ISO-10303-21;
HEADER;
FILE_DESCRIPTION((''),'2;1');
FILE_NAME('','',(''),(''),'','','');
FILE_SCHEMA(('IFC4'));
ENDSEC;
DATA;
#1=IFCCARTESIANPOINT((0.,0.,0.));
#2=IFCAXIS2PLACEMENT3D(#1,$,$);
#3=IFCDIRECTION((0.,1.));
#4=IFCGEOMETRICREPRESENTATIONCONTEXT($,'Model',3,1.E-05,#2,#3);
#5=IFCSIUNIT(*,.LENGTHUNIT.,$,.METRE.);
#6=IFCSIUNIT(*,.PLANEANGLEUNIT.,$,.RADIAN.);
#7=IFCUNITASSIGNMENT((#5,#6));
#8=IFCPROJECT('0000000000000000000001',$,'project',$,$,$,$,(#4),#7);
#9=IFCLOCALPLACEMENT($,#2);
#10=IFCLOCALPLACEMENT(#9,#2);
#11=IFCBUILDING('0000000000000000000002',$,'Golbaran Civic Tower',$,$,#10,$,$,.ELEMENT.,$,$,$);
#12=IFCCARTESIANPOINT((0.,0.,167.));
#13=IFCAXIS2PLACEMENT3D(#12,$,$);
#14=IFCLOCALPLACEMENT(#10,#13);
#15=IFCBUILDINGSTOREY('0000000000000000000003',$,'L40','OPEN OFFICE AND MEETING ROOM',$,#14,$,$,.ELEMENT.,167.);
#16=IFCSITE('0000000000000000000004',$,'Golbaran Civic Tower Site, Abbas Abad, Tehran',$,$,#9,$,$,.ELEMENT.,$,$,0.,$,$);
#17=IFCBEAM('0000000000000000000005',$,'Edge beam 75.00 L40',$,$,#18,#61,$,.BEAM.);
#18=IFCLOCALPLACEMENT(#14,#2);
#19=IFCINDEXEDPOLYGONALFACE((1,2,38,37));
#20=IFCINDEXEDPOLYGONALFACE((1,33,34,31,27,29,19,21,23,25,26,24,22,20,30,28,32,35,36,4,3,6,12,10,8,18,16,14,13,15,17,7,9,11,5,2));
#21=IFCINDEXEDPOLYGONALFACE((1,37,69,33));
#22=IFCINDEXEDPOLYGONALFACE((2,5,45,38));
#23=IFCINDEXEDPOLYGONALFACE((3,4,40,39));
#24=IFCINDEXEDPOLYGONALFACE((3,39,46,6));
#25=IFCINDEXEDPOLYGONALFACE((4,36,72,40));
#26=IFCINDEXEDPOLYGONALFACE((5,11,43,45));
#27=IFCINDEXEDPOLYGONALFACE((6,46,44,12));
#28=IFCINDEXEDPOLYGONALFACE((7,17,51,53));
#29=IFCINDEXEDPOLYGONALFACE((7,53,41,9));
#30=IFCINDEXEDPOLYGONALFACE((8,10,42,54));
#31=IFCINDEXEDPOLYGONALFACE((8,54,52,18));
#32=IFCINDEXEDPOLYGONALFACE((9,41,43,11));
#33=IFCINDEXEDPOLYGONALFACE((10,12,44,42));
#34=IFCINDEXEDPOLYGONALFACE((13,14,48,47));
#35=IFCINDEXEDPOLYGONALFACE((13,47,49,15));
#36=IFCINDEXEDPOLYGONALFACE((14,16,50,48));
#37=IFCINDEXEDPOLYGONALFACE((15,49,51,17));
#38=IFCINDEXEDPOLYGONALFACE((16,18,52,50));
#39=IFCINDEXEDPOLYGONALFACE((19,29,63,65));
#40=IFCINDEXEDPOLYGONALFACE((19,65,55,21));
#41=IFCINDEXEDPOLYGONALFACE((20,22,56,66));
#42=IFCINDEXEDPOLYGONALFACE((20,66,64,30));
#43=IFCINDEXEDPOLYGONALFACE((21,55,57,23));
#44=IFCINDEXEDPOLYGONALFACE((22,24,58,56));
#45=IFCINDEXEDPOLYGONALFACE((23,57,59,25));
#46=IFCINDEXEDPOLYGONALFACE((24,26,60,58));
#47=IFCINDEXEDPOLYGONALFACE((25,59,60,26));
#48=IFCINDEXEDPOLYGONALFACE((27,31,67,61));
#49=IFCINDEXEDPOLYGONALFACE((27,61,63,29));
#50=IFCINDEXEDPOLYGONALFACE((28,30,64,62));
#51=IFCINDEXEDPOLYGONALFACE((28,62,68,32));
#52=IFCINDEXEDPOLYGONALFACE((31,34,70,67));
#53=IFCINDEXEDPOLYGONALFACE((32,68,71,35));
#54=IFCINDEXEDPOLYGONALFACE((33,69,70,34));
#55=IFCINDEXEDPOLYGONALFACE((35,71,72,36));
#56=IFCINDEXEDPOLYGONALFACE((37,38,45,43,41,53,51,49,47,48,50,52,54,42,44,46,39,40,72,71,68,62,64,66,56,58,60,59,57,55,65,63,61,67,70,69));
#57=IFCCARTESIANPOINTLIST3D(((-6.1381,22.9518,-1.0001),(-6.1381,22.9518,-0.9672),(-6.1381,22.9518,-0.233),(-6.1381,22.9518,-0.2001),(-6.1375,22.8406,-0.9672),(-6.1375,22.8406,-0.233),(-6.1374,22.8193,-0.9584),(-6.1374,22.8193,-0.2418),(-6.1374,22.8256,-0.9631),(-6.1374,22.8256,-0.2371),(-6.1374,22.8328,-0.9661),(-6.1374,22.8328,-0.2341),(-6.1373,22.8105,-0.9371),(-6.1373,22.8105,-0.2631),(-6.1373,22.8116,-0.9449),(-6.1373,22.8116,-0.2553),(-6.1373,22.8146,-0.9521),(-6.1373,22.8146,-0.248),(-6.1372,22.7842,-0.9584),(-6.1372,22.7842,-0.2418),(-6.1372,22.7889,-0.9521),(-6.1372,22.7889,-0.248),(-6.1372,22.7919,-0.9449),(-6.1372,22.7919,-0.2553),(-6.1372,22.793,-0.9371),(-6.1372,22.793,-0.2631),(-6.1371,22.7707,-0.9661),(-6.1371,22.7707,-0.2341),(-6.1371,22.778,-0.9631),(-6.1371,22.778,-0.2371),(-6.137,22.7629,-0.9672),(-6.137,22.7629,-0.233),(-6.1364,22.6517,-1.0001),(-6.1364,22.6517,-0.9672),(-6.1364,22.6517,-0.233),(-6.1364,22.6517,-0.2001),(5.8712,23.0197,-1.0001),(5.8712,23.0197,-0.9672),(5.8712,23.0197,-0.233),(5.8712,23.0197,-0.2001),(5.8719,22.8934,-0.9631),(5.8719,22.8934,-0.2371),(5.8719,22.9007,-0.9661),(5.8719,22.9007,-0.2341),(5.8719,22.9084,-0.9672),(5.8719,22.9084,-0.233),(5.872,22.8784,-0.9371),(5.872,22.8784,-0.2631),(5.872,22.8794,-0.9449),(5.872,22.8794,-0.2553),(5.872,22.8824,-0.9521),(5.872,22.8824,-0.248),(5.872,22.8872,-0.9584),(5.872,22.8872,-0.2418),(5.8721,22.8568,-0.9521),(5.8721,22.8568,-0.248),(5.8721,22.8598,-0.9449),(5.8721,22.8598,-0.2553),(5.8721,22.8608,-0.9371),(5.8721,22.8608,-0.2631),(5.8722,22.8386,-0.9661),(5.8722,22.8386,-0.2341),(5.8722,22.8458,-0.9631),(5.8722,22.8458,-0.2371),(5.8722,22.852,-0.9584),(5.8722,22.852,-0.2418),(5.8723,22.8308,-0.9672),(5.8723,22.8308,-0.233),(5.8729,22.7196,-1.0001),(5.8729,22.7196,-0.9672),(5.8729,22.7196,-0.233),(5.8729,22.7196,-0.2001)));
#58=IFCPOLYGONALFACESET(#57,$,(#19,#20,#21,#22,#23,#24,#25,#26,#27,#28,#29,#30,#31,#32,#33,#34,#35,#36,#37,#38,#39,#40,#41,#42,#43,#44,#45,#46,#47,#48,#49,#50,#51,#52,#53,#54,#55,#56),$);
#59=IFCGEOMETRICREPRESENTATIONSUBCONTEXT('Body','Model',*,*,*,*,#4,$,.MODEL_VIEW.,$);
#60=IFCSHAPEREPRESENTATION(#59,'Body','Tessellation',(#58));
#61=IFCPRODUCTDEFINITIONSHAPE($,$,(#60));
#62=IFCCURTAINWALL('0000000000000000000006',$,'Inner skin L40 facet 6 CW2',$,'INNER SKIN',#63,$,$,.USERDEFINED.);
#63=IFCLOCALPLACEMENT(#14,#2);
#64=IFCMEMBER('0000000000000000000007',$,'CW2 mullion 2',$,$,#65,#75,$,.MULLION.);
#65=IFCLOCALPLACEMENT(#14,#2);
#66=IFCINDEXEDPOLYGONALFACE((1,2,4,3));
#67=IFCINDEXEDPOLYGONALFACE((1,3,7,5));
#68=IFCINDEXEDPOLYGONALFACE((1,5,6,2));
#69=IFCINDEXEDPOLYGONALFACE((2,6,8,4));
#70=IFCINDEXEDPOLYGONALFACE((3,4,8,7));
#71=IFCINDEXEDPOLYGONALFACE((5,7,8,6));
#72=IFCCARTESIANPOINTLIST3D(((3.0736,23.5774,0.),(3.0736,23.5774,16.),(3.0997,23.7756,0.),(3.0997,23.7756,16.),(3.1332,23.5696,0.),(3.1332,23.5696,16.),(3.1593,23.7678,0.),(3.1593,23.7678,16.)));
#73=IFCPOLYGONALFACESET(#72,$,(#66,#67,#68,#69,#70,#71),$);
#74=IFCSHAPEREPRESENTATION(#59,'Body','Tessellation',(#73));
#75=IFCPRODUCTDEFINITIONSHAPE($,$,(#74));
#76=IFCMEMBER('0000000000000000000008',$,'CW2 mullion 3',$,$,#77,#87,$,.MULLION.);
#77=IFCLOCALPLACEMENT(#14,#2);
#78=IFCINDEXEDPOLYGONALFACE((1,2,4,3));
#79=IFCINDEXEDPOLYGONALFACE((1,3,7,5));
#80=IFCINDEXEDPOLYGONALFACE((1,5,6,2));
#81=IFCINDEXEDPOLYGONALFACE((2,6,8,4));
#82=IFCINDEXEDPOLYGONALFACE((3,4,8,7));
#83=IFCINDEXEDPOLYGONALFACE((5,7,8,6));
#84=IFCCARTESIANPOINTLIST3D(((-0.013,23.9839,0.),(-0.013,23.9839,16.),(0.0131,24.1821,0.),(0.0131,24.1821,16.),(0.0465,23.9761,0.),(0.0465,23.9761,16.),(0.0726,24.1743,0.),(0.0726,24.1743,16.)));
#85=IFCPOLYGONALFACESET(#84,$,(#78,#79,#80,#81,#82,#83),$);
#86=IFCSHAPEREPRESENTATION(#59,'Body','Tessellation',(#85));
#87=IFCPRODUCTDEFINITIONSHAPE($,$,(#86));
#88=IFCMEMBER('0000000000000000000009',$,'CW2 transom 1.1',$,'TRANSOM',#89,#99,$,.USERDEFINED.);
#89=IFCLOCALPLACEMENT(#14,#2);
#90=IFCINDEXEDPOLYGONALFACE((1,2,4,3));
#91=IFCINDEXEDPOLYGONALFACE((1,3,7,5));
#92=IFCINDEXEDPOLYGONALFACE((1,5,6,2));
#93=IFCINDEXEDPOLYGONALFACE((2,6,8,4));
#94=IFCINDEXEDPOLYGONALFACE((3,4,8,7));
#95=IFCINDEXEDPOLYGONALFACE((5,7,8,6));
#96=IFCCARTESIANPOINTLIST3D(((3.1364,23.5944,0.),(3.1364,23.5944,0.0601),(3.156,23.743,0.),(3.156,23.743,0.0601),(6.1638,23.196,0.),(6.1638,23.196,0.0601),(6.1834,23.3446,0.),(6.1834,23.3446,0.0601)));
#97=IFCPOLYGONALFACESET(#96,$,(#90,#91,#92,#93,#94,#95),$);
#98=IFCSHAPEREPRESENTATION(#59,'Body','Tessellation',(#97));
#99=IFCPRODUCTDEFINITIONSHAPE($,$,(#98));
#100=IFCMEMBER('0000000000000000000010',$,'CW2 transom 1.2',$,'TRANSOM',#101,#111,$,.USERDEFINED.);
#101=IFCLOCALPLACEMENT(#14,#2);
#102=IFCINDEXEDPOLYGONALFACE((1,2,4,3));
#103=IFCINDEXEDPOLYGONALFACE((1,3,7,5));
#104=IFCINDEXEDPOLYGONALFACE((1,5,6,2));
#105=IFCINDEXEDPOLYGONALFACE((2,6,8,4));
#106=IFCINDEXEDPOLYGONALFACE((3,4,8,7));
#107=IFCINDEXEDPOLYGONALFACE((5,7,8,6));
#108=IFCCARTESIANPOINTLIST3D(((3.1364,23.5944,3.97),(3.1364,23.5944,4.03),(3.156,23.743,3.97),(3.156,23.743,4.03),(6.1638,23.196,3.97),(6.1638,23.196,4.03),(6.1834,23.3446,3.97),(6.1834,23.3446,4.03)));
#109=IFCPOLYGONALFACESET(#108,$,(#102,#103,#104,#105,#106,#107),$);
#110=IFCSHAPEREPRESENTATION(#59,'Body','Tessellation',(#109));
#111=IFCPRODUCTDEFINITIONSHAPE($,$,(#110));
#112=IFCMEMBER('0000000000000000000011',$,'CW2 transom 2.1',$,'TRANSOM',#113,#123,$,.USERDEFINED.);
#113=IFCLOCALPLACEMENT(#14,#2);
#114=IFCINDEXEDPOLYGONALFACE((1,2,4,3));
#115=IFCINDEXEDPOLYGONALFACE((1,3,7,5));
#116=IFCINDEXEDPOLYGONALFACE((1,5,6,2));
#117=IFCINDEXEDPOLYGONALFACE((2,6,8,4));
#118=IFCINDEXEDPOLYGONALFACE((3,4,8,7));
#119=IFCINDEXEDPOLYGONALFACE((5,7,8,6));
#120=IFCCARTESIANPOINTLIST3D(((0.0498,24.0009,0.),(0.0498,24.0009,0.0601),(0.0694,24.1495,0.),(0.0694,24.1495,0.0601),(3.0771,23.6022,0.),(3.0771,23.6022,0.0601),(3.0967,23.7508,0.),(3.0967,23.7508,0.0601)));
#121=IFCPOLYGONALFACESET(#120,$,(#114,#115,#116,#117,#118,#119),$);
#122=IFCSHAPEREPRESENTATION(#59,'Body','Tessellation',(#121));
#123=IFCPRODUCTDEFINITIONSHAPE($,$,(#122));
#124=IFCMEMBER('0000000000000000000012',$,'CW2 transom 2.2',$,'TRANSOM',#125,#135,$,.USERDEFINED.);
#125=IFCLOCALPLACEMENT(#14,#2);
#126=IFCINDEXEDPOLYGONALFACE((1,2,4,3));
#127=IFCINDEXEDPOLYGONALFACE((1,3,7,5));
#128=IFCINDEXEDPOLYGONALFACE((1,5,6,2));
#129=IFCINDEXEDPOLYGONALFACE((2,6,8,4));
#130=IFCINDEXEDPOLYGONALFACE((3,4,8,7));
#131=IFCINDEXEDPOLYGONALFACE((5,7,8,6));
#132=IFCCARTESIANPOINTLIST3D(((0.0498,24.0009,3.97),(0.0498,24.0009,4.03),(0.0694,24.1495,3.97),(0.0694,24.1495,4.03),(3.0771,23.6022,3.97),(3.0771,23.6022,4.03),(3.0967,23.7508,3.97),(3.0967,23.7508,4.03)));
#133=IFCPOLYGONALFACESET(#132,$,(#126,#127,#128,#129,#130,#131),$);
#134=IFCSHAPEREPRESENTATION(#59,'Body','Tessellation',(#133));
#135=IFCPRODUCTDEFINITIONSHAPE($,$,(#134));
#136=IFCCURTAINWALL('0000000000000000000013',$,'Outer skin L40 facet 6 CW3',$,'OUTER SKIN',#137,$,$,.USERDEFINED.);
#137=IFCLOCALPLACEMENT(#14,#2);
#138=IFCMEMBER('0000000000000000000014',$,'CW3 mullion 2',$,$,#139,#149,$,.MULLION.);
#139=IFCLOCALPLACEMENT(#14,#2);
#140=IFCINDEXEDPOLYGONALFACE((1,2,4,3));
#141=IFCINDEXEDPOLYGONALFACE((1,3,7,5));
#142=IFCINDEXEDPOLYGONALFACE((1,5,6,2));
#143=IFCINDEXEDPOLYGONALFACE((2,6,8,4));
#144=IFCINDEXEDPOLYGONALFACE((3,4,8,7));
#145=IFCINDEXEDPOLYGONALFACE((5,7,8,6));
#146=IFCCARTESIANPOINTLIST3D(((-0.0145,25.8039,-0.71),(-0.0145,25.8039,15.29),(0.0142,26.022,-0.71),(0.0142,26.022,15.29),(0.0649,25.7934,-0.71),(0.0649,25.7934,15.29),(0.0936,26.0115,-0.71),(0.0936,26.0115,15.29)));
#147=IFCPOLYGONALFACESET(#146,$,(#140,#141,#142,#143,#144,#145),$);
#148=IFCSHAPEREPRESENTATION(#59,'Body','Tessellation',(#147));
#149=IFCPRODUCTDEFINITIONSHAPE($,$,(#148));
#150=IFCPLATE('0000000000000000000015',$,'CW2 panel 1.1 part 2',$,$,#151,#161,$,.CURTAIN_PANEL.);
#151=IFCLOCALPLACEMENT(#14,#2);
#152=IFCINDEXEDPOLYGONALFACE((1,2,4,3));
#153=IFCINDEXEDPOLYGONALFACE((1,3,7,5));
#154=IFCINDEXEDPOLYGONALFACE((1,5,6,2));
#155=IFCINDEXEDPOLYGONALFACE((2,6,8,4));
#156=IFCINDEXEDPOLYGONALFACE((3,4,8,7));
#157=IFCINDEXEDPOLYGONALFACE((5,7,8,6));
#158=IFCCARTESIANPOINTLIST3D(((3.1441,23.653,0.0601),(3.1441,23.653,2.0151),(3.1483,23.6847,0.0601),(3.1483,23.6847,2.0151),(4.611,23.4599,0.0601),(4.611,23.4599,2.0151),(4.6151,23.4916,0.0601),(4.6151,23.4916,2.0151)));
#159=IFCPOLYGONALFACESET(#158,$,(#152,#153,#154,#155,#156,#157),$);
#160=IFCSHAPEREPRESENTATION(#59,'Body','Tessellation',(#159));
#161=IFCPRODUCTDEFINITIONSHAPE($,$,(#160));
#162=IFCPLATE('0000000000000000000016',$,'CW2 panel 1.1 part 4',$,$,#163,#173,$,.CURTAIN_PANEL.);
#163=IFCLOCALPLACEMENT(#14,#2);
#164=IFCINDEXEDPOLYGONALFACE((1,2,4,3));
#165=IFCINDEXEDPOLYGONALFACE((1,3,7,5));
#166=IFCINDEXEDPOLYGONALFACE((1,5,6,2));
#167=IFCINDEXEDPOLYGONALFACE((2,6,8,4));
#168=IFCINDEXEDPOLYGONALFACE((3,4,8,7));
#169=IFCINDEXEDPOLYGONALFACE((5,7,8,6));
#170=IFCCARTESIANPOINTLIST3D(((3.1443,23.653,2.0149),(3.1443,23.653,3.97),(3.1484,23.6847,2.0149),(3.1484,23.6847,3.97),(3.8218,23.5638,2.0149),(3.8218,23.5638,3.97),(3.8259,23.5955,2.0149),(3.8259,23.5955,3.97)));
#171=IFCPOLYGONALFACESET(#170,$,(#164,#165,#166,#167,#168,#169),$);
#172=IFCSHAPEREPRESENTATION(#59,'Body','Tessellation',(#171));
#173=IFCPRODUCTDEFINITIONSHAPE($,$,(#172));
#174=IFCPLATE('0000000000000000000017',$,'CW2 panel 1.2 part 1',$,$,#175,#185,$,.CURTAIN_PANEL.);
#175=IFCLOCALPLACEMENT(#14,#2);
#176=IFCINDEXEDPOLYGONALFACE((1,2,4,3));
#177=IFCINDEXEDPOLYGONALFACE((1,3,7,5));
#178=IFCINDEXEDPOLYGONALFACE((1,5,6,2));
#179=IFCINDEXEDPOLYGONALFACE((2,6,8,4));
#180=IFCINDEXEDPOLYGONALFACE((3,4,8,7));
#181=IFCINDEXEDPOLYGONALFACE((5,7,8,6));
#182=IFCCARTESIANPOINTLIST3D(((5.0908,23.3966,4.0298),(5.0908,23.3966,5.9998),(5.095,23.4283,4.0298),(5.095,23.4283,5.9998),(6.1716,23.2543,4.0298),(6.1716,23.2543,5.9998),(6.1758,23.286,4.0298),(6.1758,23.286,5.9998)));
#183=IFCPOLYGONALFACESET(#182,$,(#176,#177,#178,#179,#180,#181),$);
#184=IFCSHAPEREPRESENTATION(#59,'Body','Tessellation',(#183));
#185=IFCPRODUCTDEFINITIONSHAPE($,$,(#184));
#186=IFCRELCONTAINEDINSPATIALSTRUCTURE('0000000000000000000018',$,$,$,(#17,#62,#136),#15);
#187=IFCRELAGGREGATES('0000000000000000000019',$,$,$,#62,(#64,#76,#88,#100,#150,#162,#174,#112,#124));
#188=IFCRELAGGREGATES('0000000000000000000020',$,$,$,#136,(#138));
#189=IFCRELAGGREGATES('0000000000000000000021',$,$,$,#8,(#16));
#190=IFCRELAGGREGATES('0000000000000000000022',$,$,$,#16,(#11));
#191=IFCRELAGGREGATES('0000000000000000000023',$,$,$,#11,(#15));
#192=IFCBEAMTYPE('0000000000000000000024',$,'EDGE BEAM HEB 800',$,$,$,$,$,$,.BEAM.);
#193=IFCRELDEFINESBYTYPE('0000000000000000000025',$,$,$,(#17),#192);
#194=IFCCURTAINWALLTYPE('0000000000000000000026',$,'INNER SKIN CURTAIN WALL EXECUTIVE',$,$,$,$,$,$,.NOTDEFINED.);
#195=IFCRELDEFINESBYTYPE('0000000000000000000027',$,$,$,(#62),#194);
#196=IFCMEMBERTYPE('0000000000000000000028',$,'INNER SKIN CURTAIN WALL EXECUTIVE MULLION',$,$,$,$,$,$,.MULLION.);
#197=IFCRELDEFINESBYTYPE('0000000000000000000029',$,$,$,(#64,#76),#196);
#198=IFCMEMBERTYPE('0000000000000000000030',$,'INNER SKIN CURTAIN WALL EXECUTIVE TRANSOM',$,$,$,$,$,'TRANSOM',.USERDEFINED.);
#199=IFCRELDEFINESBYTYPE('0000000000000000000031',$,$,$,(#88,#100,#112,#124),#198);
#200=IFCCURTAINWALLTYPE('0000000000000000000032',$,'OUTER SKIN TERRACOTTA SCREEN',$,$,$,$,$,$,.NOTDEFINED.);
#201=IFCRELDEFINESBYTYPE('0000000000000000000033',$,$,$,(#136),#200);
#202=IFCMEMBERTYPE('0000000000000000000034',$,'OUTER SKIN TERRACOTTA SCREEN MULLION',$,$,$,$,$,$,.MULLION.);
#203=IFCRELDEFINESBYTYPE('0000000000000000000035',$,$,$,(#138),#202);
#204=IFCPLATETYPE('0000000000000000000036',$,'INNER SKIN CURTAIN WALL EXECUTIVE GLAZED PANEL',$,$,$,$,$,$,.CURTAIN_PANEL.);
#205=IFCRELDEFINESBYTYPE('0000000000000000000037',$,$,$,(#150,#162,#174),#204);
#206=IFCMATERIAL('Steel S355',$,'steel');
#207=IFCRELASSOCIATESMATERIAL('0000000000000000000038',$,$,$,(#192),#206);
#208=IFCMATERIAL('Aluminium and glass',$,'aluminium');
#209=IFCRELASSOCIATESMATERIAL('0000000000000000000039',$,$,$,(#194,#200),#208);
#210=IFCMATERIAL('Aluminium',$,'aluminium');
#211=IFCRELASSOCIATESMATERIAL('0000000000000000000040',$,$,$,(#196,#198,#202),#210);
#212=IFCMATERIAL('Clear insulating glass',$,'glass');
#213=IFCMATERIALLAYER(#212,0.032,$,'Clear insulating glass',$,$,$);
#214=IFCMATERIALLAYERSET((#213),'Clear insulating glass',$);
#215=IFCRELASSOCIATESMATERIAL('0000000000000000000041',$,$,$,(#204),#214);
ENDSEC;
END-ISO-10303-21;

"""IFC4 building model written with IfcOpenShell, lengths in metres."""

from ifc_helpers import new_model, si_unit, direction, frame, origin, origin_2d, place, context, subcontext, project, spatial, rectangle, i_section, extrude, material, layer, layer_set, material_profile, profile_set, type_object, element, aggregate, save


model = new_model("IFC4")

# Units and contexts
model_context = context("Model", 3, precision=1e-05, world=origin(), true_north=direction((0.0, 1.0)))
body_context = subcontext(model_context, "Body", "Model", "MODEL_VIEW")
ifc_project = project(units=[si_unit("LENGTHUNIT", "METRE"), si_unit("PLANEANGLEUNIT", "RADIAN")], contexts=[model_context])

# Site, building, storey
site_placement = place(None, origin())
site = spatial("IfcSite", under=ifc_project, at=site_placement, Name="Golbaran Civic Tower Site, Abbas Abad, Tehran", CompositionType="ELEMENT", RefElevation=0.0)
building_placement = place(site_placement, origin())
building = spatial("IfcBuilding", under=site, at=building_placement, Name="Golbaran Civic Tower", CompositionType="ELEMENT")
storey_placement = place(building_placement, frame((0.0, 0.0, 167.0)))
storey = spatial("IfcBuildingStorey", under=building, at=storey_placement, Name="L40", Description="OPEN OFFICE AND MEETING ROOM", CompositionType="ELEMENT", Elevation=167.0)

# Beam
ifc_material_1 = material(Name="Steel S355", Category="steel")
ifc_material_profile_1 = material_profile(ifc_material_1, i_section(OverallWidth=0.3, OverallDepth=0.8, WebThickness=0.0176, FlangeThickness=0.033, FilletRadius=0.03, at=origin_2d()), Name="HEB 800")
ifc_profile_set_1 = profile_set([ifc_material_profile_1], Name="Steel S355")
beam_type = type_object("IfcBeamType", Name="EDGE BEAM HEB 800", PredefinedType="BEAM", material=ifc_profile_set_1)
beam_placement = place(storey_placement, frame((5.8721, 22.8696, -0.6001), z_axis=(-0.999984, -0.005651, 0.0), x_axis=(0.005651, -0.999984, 0.0)))
element("IfcBeam", 1, at=beam_placement, inside=storey, type_object=beam_type, Name="Edge beam 75.00 L40", PredefinedType="BEAM", context=body_context, shape_type="SweptSolid", body=[
    extrude(i_section(OverallWidth=0.3, OverallDepth=0.8, WebThickness=0.0176, FlangeThickness=0.033, FilletRadius=0.03, at=origin_2d()), origin(), (0.0, 0.0, 1.0), 12.0095),
])

# Curtain wall, members
ifc_material_2 = material(Name="Aluminium and glass", Category="aluminium")
curtain_wall_type_1 = type_object("IfcCurtainWallType", Name="INNER SKIN CURTAIN WALL EXECUTIVE", PredefinedType="NOTDEFINED", material=ifc_material_2)
curtain_wall_1_placement = place(storey_placement, origin())
curtain_wall_1 = element("IfcCurtainWall", 2, at=curtain_wall_1_placement, inside=storey, type_object=curtain_wall_type_1, Name="Inner skin L40 facet 6 CW2", ObjectType="INNER SKIN", PredefinedType="USERDEFINED")
ifc_material_3 = material(Name="Aluminium", Category="aluminium")
ifc_material_profile_2 = material_profile(ifc_material_3, rectangle(XDim=0.2, YDim=0.0601, at=origin_2d()), Name="INNER SKIN CURTAIN WALL EXECUTIVE MULLION")
ifc_profile_set_2 = profile_set([ifc_material_profile_2], Name="Aluminium")
member_type_1 = type_object("IfcMemberType", Name="INNER SKIN CURTAIN WALL EXECUTIVE MULLION", PredefinedType="MULLION", material=ifc_profile_set_2)
member_1_placement = place(storey_placement, frame((3.1165, 23.6726, 0.0), z_axis=(0.0, 0.0, 1.0), x_axis=(-0.130526, -0.991445, 0.0)))
member_1 = element("IfcMember", 3, at=member_1_placement, type_object=member_type_1, Name="CW2 mullion 2", PredefinedType="MULLION", context=body_context, shape_type="SweptSolid", body=[
    extrude(rectangle(XDim=0.2, YDim=0.0601, at=origin_2d()), origin(), (0.0, 0.0, 1.0), 16.0),
])
member_2_placement = place(storey_placement, frame((0.0298, 24.0791, 0.0), z_axis=(0.0, 0.0, 1.0), x_axis=(-0.130526, -0.991445, 0.0)))
member_2 = element("IfcMember", 4, at=member_2_placement, type_object=member_type_1, Name="CW2 mullion 3", PredefinedType="MULLION", context=body_context, shape_type="SweptSolid", body=[
    extrude(rectangle(XDim=0.2, YDim=0.0601, at=origin_2d()), origin(), (0.0, 0.0, 1.0), 16.0),
])
ifc_material_profile_3 = material_profile(ifc_material_3, rectangle(XDim=0.1499, YDim=0.0601, at=origin_2d()), Name="INNER SKIN CURTAIN WALL EXECUTIVE TRANSOM")
ifc_profile_set_3 = profile_set([ifc_material_profile_3], Name="Aluminium")
member_type_2 = type_object("IfcMemberType", Name="INNER SKIN CURTAIN WALL EXECUTIVE TRANSOM", ElementType="TRANSOM", PredefinedType="USERDEFINED", material=ifc_profile_set_3)
member_3_placement = place(storey_placement, frame((6.1736, 23.2703, 0.03), z_axis=(-0.99145, 0.130488, 0.0), x_axis=(-0.130488, -0.99145, 0.0)))
member_3 = element("IfcMember", 5, at=member_3_placement, type_object=member_type_2, Name="CW2 transom 1.1", ObjectType="TRANSOM", PredefinedType="USERDEFINED", context=body_context, shape_type="SweptSolid", body=[
    extrude(rectangle(XDim=0.1499, YDim=0.0601, at=origin_2d()), origin(), (0.0, 0.0, 1.0), 3.0535),
])
member_4_placement = place(storey_placement, frame((6.1736, 23.2703, 4.0), z_axis=(-0.99145, 0.130488, 0.0), x_axis=(-0.130488, -0.99145, 0.0)))
member_4 = element("IfcMember", 6, at=member_4_placement, type_object=member_type_2, Name="CW2 transom 1.2", ObjectType="TRANSOM", PredefinedType="USERDEFINED", context=body_context, shape_type="SweptSolid", body=[
    extrude(rectangle(XDim=0.1499, YDim=0.0601, at=origin_2d()), origin(), (0.0, 0.0, 1.0), 3.0535),
])
member_5_placement = place(storey_placement, frame((3.0869, 23.6765, 0.03), z_axis=(-0.99144, 0.130566, 0.0), x_axis=(-0.130566, -0.99144, 0.0)))
member_5 = element("IfcMember", 7, at=member_5_placement, type_object=member_type_2, Name="CW2 transom 2.1", ObjectType="TRANSOM", PredefinedType="USERDEFINED", context=body_context, shape_type="SweptSolid", body=[
    extrude(rectangle(XDim=0.1499, YDim=0.0601, at=origin_2d()), origin(), (0.0, 0.0, 1.0), 3.0535),
])
member_6_placement = place(storey_placement, frame((3.0869, 23.6765, 4.0), z_axis=(-0.99144, 0.130566, 0.0), x_axis=(-0.130566, -0.99144, 0.0)))
member_6 = element("IfcMember", 8, at=member_6_placement, type_object=member_type_2, Name="CW2 transom 2.2", ObjectType="TRANSOM", PredefinedType="USERDEFINED", context=body_context, shape_type="SweptSolid", body=[
    extrude(rectangle(XDim=0.1499, YDim=0.0601, at=origin_2d()), origin(), (0.0, 0.0, 1.0), 3.0535),
])

# Curtain wall, member
curtain_wall_type_2 = type_object("IfcCurtainWallType", Name="OUTER SKIN TERRACOTTA SCREEN", PredefinedType="NOTDEFINED", material=ifc_material_2)
curtain_wall_2_placement = place(storey_placement, origin())
curtain_wall_2 = element("IfcCurtainWall", 9, at=curtain_wall_2_placement, inside=storey, type_object=curtain_wall_type_2, Name="Outer skin L40 facet 6 CW3", ObjectType="OUTER SKIN", PredefinedType="USERDEFINED")
ifc_material_profile_4 = material_profile(ifc_material_3, rectangle(XDim=0.22, YDim=0.0801, at=origin_2d()), Name="OUTER SKIN TERRACOTTA SCREEN MULLION")
ifc_profile_set_4 = profile_set([ifc_material_profile_4], Name="Aluminium")
member_type_3 = type_object("IfcMemberType", Name="OUTER SKIN TERRACOTTA SCREEN MULLION", PredefinedType="MULLION", material=ifc_profile_set_4)
member_7_placement = place(storey_placement, frame((0.0396, 25.9077, -0.71), z_axis=(0.0, 0.0, 1.0), x_axis=(-0.130526, -0.991445, 0.0)))
member_7 = element("IfcMember", 10, at=member_7_placement, type_object=member_type_3, Name="CW3 mullion 2", PredefinedType="MULLION", context=body_context, shape_type="SweptSolid", body=[
    extrude(rectangle(XDim=0.22, YDim=0.0801, at=origin_2d()), origin(), (0.0, 0.0, 1.0), 16.0),
])

# Plates
ifc_material_4 = material(Name="Clear insulating glass", Category="glass")
ifc_layer_1 = layer(ifc_material_4, 0.032, Name="Clear insulating glass")
ifc_layer_set_1 = layer_set([ifc_layer_1], Name="Clear insulating glass")
plate_type_1 = type_object("IfcPlateType", Name="INNER SKIN CURTAIN WALL EXECUTIVE GLAZED PANEL", PredefinedType="CURTAIN_PANEL", material=ifc_layer_set_1)
plate_1_placement = place(storey_placement, frame((3.8796, 23.5723, 0.0601), z_axis=(0.0, 0.0, 1.0), x_axis=(-0.991445, 0.130526, 0.0)))
plate_1 = element("IfcPlate", 11, at=plate_1_placement, type_object=plate_type_1, Name="CW2 panel 1.1 part 2", PredefinedType="CURTAIN_PANEL", context=body_context, shape_type="SweptSolid", body=[
    extrude(rectangle(XDim=1.4795, YDim=0.032, at=origin_2d()), origin(), (0.0, 0.0, 1.0), 1.9551),
])
plate_2_placement = place(storey_placement, frame((3.4851, 23.6243, 2.0149), z_axis=(0.0, 0.0, 1.0), x_axis=(-0.991445, 0.130526, 0.0)))
plate_2 = element("IfcPlate", 12, at=plate_2_placement, type_object=plate_type_1, Name="CW2 panel 1.1 part 4", PredefinedType="CURTAIN_PANEL", context=body_context, shape_type="SweptSolid", body=[
    extrude(rectangle(XDim=0.6833, YDim=0.032, at=origin_2d()), origin(), (0.0, 0.0, 1.0), 1.9551),
])
plate_3_placement = place(storey_placement, frame((5.6333, 23.3413, 4.0298), z_axis=(0.0, 0.0, 1.0), x_axis=(-0.991445, 0.130526, 0.0)))
plate_3 = element("IfcPlate", 13, at=plate_3_placement, type_object=plate_type_1, Name="CW2 panel 1.2 part 1", PredefinedType="CURTAIN_PANEL", context=body_context, shape_type="SweptSolid", body=[
    extrude(rectangle(XDim=1.0901, YDim=0.032, at=origin_2d()), origin(), (0.0, 0.0, 1.0), 1.97),
])
aggregate(curtain_wall_1, [member_1, member_2, member_3, member_4, plate_1, plate_2, plate_3, member_5, member_6])
aggregate(curtain_wall_2, [member_7])

save(model, "model.ifc")
